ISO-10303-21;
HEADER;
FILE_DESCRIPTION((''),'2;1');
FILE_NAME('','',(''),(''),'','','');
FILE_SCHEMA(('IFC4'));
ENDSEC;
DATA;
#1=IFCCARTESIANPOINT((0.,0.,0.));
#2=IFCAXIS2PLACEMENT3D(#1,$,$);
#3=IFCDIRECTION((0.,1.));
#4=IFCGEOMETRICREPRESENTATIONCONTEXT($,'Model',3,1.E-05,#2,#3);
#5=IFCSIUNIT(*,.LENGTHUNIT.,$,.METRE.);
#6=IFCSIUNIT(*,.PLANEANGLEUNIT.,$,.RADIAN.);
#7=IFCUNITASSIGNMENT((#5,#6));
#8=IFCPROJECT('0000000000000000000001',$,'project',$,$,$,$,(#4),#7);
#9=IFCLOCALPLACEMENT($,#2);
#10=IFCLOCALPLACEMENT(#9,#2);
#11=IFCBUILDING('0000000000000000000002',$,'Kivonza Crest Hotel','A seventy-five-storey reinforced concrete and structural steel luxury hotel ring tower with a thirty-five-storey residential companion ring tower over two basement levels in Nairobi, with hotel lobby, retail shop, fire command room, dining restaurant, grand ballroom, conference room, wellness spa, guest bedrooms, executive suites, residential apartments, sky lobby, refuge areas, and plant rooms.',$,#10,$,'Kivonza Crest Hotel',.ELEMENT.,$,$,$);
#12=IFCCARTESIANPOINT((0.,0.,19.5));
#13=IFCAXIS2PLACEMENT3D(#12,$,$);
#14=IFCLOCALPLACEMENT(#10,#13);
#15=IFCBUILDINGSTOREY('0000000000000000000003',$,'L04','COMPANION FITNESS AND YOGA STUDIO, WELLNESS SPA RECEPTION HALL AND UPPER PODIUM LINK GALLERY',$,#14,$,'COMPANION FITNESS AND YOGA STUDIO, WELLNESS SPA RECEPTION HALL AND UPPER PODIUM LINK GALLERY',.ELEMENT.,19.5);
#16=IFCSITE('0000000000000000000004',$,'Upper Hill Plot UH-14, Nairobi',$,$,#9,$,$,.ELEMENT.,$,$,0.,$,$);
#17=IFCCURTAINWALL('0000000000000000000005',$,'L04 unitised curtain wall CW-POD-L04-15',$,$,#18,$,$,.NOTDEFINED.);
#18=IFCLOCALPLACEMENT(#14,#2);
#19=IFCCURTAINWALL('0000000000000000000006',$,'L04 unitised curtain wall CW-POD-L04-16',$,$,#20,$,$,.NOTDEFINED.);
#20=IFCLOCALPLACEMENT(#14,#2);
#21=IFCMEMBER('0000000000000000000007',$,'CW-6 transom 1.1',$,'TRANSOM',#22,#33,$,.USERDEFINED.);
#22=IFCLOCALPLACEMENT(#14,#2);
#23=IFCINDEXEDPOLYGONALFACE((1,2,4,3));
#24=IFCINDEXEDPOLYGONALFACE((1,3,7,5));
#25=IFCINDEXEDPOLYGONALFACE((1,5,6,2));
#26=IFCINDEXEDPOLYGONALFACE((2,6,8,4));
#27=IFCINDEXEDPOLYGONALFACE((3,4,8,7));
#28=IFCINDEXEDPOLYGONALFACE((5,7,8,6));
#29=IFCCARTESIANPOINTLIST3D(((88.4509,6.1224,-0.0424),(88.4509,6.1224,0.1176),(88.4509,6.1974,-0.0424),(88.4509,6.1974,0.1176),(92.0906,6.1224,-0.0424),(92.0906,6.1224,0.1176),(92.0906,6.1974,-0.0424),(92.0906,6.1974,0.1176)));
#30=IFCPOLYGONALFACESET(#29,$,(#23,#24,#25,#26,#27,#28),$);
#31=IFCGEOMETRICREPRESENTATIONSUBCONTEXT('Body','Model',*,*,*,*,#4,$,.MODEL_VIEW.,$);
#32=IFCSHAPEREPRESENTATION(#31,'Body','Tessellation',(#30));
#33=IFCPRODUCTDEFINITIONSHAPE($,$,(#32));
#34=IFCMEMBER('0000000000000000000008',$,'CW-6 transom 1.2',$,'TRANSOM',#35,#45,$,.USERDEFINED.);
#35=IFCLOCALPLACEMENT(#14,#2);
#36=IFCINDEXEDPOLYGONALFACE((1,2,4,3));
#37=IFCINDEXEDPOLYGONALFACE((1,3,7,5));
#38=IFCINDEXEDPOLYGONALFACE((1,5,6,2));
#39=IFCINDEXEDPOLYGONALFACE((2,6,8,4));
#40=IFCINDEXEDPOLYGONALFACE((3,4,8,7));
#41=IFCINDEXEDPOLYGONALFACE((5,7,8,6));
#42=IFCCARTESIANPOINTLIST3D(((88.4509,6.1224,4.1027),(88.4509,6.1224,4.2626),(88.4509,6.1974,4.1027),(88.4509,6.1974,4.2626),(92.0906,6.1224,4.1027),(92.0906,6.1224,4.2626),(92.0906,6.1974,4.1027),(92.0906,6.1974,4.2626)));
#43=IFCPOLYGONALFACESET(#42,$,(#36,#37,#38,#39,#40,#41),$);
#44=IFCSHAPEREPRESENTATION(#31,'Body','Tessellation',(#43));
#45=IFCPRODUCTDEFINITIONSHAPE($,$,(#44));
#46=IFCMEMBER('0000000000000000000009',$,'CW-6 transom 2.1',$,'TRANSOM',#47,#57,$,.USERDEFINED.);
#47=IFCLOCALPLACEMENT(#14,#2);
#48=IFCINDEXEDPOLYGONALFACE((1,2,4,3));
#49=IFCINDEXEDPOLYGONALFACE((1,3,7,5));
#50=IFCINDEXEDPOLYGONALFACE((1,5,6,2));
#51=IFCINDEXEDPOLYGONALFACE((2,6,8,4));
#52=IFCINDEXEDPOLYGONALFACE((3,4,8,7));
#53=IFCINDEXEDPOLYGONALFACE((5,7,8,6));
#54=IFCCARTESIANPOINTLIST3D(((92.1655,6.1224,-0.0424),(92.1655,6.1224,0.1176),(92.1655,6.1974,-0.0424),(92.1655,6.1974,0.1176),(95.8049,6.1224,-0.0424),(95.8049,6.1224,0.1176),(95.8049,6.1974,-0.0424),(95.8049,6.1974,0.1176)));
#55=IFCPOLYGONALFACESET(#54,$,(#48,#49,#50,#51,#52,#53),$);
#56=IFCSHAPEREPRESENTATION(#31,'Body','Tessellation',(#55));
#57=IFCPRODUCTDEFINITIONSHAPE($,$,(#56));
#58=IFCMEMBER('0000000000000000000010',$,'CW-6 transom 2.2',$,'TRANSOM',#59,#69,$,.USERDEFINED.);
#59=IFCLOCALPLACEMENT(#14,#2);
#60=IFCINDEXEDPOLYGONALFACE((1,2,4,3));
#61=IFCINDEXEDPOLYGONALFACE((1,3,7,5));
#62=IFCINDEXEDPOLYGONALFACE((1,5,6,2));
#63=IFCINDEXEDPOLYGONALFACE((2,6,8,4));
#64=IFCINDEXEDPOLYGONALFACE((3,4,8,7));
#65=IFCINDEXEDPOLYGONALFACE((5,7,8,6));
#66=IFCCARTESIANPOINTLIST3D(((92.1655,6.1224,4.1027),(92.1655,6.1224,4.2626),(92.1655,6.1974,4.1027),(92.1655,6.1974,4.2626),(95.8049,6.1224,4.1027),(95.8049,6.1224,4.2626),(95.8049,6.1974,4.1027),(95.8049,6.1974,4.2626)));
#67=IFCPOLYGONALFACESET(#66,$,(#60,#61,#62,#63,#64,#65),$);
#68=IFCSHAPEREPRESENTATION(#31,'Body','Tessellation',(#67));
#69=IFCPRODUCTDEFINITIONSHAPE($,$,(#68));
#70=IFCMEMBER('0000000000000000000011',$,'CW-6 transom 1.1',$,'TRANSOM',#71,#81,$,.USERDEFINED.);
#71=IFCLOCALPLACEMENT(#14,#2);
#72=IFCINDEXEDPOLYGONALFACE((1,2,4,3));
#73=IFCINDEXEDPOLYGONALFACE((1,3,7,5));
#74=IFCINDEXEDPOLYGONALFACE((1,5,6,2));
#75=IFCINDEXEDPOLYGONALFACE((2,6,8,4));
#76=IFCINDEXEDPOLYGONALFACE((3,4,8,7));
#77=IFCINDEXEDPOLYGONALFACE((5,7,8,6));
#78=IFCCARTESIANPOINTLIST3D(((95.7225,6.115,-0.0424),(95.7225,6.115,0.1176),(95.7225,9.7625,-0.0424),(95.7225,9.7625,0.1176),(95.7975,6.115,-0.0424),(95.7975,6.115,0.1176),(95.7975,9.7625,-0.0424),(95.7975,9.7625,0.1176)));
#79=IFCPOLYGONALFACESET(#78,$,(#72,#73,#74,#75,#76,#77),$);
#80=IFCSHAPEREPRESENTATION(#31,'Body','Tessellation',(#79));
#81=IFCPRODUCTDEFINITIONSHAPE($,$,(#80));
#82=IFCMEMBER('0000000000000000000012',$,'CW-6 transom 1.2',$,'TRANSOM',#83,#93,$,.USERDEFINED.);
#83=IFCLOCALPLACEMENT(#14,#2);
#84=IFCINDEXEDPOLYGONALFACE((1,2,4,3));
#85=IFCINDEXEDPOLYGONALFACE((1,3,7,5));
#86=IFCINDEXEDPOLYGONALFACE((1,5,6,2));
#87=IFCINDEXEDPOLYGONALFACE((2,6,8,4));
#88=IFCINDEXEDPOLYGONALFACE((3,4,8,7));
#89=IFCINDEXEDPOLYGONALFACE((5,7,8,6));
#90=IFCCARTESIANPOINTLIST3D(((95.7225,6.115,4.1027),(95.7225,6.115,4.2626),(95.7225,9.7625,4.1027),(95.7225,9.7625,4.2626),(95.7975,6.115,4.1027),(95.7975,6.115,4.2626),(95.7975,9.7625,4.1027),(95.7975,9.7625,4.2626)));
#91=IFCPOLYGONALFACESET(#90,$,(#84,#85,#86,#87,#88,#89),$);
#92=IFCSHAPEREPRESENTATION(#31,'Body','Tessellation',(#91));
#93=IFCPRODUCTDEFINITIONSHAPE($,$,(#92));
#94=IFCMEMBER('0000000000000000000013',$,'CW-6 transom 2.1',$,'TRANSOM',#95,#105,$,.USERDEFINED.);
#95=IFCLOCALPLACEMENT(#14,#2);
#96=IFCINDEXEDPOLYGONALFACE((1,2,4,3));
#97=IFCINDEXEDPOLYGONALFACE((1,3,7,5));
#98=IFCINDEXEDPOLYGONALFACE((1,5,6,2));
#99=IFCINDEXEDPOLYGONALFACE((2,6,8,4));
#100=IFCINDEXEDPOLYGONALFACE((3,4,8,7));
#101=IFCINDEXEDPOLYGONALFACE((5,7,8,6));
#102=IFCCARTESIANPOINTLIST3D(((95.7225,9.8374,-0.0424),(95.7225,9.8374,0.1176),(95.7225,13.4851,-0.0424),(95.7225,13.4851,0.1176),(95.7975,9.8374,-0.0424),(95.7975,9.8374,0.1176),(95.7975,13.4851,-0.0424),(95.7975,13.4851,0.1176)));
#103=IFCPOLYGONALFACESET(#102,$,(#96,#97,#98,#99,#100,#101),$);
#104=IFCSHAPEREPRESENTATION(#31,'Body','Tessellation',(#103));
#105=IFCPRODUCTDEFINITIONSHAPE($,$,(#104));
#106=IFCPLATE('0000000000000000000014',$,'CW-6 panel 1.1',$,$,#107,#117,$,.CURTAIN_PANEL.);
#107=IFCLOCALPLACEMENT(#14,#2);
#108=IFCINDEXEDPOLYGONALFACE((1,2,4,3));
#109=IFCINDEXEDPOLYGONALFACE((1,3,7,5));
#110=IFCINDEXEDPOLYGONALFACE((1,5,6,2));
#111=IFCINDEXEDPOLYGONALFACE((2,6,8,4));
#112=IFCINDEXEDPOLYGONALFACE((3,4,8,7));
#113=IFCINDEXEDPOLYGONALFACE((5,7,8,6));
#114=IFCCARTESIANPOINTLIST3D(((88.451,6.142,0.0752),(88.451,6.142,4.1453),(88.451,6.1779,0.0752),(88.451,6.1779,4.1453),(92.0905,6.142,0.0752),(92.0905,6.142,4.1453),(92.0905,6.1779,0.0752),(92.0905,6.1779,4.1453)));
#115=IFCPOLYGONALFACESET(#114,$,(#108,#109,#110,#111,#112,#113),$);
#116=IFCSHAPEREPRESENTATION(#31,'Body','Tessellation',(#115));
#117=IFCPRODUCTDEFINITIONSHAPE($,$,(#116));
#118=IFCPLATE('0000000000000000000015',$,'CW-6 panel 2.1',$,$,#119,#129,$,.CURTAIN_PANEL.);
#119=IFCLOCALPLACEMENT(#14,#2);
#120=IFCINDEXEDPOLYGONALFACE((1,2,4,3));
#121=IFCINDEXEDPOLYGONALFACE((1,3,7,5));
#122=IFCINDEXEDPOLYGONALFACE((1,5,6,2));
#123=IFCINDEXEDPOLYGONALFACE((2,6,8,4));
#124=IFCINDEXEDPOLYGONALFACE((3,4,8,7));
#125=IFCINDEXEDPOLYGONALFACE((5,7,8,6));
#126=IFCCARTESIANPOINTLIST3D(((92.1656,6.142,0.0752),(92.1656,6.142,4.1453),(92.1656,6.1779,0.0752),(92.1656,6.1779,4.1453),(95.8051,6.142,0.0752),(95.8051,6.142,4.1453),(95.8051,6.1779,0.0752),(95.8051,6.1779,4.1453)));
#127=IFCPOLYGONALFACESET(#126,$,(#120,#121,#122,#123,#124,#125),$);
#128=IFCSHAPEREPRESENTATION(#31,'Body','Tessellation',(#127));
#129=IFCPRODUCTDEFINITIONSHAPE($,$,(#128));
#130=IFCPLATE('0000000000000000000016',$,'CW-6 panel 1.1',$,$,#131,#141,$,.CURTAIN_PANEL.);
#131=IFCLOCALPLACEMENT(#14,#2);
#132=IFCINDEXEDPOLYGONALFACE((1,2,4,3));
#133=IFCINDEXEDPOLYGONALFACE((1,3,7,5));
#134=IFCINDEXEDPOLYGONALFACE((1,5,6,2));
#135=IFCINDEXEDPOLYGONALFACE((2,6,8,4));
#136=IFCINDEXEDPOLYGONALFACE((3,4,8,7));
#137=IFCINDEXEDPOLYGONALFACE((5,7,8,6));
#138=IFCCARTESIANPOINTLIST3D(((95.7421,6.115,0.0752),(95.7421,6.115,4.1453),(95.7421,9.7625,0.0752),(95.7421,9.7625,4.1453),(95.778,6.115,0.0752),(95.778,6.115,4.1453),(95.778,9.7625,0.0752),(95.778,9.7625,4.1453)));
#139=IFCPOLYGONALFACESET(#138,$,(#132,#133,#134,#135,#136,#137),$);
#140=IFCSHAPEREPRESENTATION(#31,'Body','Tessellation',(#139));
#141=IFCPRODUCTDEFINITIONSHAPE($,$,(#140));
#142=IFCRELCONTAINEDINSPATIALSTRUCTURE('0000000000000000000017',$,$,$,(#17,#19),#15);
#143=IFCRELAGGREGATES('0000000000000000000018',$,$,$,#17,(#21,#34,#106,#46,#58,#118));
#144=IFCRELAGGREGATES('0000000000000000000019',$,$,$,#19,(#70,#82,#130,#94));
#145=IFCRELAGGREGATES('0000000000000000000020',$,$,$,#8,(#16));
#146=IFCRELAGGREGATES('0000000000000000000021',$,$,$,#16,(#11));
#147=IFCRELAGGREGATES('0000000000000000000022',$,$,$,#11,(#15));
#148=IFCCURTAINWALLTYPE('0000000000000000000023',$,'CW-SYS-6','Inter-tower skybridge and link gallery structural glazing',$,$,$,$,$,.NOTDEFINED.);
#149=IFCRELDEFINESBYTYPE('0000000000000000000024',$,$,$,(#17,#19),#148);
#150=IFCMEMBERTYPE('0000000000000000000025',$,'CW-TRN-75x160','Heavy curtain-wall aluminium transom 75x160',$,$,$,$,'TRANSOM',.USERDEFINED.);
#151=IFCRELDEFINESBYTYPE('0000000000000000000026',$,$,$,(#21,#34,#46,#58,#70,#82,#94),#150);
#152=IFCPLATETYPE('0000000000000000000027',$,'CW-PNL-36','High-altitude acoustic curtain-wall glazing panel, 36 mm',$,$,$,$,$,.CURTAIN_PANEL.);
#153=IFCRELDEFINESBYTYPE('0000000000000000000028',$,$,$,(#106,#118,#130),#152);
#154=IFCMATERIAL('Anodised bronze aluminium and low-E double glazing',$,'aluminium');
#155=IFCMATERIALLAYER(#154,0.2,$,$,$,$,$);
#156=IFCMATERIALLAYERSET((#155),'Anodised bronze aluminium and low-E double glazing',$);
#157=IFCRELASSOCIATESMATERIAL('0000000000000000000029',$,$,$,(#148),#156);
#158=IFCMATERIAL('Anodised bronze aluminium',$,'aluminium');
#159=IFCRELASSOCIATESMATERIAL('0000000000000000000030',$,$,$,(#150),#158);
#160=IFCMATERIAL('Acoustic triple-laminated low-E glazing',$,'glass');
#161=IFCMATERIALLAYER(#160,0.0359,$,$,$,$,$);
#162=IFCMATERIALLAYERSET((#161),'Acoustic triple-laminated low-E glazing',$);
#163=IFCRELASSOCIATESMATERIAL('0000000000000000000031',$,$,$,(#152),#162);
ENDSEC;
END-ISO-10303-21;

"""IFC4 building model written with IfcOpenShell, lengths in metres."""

from ifc_helpers import new_model, si_unit, direction, frame, origin, origin_2d, place, context, subcontext, project, spatial, rectangle, extrude, material, layer, layer_set, material_profile, profile_set, type_object, element, aggregate, save


model = new_model("IFC4")

# Units and contexts
model_context = context("Model", 3, precision=1e-05, world=origin(), true_north=direction((0.0, 1.0)))
body_context = subcontext(model_context, "Body", "Model", "MODEL_VIEW")
ifc_project = project(units=[si_unit("LENGTHUNIT", "METRE"), si_unit("PLANEANGLEUNIT", "RADIAN")], contexts=[model_context])

# Site, building, storey
site_placement = place(None, origin())
site = spatial("IfcSite", under=ifc_project, at=site_placement, Name="Upper Hill Plot UH-14, Nairobi", CompositionType="ELEMENT", RefElevation=0.0)
building_placement = place(site_placement, origin())
building = spatial("IfcBuilding", under=site, at=building_placement, Name="Kivonza Crest Hotel", Description="A seventy-five-storey reinforced concrete and structural steel luxury hotel ring tower with a thirty-five-storey residential companion ring tower over two basement levels in Nairobi, with hotel lobby, retail shop, fire command room, dining restaurant, grand ballroom, conference room, wellness spa, guest bedrooms, executive suites, residential apartments, sky lobby, refuge areas, and plant rooms.", LongName="Kivonza Crest Hotel", CompositionType="ELEMENT")
storey_placement = place(building_placement, frame((0.0, 0.0, 19.5)))
storey = spatial("IfcBuildingStorey", under=building, at=storey_placement, Name="L04", Description="COMPANION FITNESS AND YOGA STUDIO, WELLNESS SPA RECEPTION HALL AND UPPER PODIUM LINK GALLERY", LongName="COMPANION FITNESS AND YOGA STUDIO, WELLNESS SPA RECEPTION HALL AND UPPER PODIUM LINK GALLERY", CompositionType="ELEMENT", Elevation=19.5)

# Shared definitions
ifc_material_1 = material(Name="Anodised bronze aluminium and low-E double glazing", Category="aluminium")
ifc_layer_1 = layer(ifc_material_1, 0.2)
ifc_layer_set_1 = layer_set([ifc_layer_1], Name="Anodised bronze aluminium and low-E double glazing")
curtain_wall_type = type_object("IfcCurtainWallType", Name="CW-SYS-6", Description="Inter-tower skybridge and link gallery structural glazing", PredefinedType="NOTDEFINED", material=ifc_layer_set_1)
ifc_material_2 = material(Name="Anodised bronze aluminium", Category="aluminium")

# Curtain walls
curtain_wall_1_placement = place(storey_placement, origin())
curtain_wall_1 = element("IfcCurtainWall", 1, at=curtain_wall_1_placement, inside=storey, type_object=curtain_wall_type, Name="L04 unitised curtain wall CW-POD-L04-15", PredefinedType="NOTDEFINED")
curtain_wall_2_placement = place(storey_placement, origin())
curtain_wall_2 = element("IfcCurtainWall", 2, at=curtain_wall_2_placement, inside=storey, type_object=curtain_wall_type, Name="L04 unitised curtain wall CW-POD-L04-16", PredefinedType="NOTDEFINED")

# Members
ifc_material_profile_1 = material_profile(ifc_material_2, rectangle(XDim=0.075, YDim=0.1599, at=origin_2d()), Name="CW-T 75x160")
ifc_profile_set_1 = profile_set([ifc_material_profile_1], Name="Anodised bronze aluminium")
member_type_1 = type_object("IfcMemberType", Name="CW-TRN-75x160", Description="Heavy curtain-wall aluminium transom 75x160", ElementType="TRANSOM", PredefinedType="USERDEFINED", material=ifc_profile_set_1)
member_1_placement = place(storey_placement, frame((88.4509, 6.1599, 0.0376), z_axis=(1.0, 0.0, 0.0), x_axis=(0.0, 1.0, 0.0)))
member_1 = element("IfcMember", 3, at=member_1_placement, type_object=member_type_1, Name="CW-6 transom 1.1", ObjectType="TRANSOM", PredefinedType="USERDEFINED", context=body_context, shape_type="SweptSolid", body=[
    extrude(rectangle(XDim=0.075, YDim=0.1599, at=origin_2d()), origin(), (0.0, 0.0, 1.0), 3.6396),
])
member_2_placement = place(storey_placement, frame((88.4509, 6.1599, 4.1826), z_axis=(1.0, 0.0, 0.0), x_axis=(0.0, 1.0, 0.0)))
member_2 = element("IfcMember", 4, at=member_2_placement, type_object=member_type_1, Name="CW-6 transom 1.2", ObjectType="TRANSOM", PredefinedType="USERDEFINED", context=body_context, shape_type="SweptSolid", body=[
    extrude(rectangle(XDim=0.075, YDim=0.1599, at=origin_2d()), origin(), (0.0, 0.0, 1.0), 3.6396),
])
member_3_placement = place(storey_placement, frame((92.1655, 6.1599, 0.0376), z_axis=(1.0, 0.0, 0.0), x_axis=(0.0, 1.0, 0.0)))
member_3 = element("IfcMember", 5, at=member_3_placement, type_object=member_type_1, Name="CW-6 transom 2.1", ObjectType="TRANSOM", PredefinedType="USERDEFINED", context=body_context, shape_type="SweptSolid", body=[
    extrude(rectangle(XDim=0.075, YDim=0.1599, at=origin_2d()), origin(), (0.0, 0.0, 1.0), 3.6394),
])
member_4_placement = place(storey_placement, frame((92.1655, 6.1599, 4.1826), z_axis=(1.0, 0.0, 0.0), x_axis=(0.0, 1.0, 0.0)))
member_4 = element("IfcMember", 6, at=member_4_placement, type_object=member_type_1, Name="CW-6 transom 2.2", ObjectType="TRANSOM", PredefinedType="USERDEFINED", context=body_context, shape_type="SweptSolid", body=[
    extrude(rectangle(XDim=0.075, YDim=0.1599, at=origin_2d()), origin(), (0.0, 0.0, 1.0), 3.6394),
])
member_5_placement = place(storey_placement, frame((95.76, 6.115, 0.0376), z_axis=(0.0, 1.0, 0.0), x_axis=(-1.0, 0.0, 0.0)))
member_5 = element("IfcMember", 7, at=member_5_placement, type_object=member_type_1, Name="CW-6 transom 1.1", ObjectType="TRANSOM", PredefinedType="USERDEFINED", context=body_context, shape_type="SweptSolid", body=[
    extrude(rectangle(XDim=0.075, YDim=0.1599, at=origin_2d()), origin(), (0.0, 0.0, 1.0), 3.6475),
])
member_6_placement = place(storey_placement, frame((95.76, 6.115, 4.1826), z_axis=(0.0, 1.0, 0.0), x_axis=(-1.0, 0.0, 0.0)))
member_6 = element("IfcMember", 8, at=member_6_placement, type_object=member_type_1, Name="CW-6 transom 1.2", ObjectType="TRANSOM", PredefinedType="USERDEFINED", context=body_context, shape_type="SweptSolid", body=[
    extrude(rectangle(XDim=0.075, YDim=0.1599, at=origin_2d()), origin(), (0.0, 0.0, 1.0), 3.6475),
])
member_7_placement = place(storey_placement, frame((95.76, 9.8374, 0.0376), z_axis=(0.0, 1.0, 0.0), x_axis=(-1.0, 0.0, 0.0)))
member_7 = element("IfcMember", 9, at=member_7_placement, type_object=member_type_1, Name="CW-6 transom 2.1", ObjectType="TRANSOM", PredefinedType="USERDEFINED", context=body_context, shape_type="SweptSolid", body=[
    extrude(rectangle(XDim=0.075, YDim=0.1599, at=origin_2d()), origin(), (0.0, 0.0, 1.0), 3.6477),
])

# Plates
ifc_material_3 = material(Name="Acoustic triple-laminated low-E glazing", Category="glass")
ifc_layer_2 = layer(ifc_material_3, 0.0359)
ifc_layer_set_2 = layer_set([ifc_layer_2], Name="Acoustic triple-laminated low-E glazing")
plate_type = type_object("IfcPlateType", Name="CW-PNL-36", Description="High-altitude acoustic curtain-wall glazing panel, 36 mm", PredefinedType="CURTAIN_PANEL", material=ifc_layer_set_2)
plate_1_placement = place(storey_placement, frame((90.2708, 6.1599, 0.0752), z_axis=(0.0, 0.0, 1.0), x_axis=(1.0, 0.0, 0.0)))
plate_1 = element("IfcPlate", 10, at=plate_1_placement, type_object=plate_type, Name="CW-6 panel 1.1", PredefinedType="CURTAIN_PANEL", context=body_context, shape_type="SweptSolid", body=[
    extrude(rectangle(XDim=3.6394, YDim=0.0359, at=origin_2d()), origin(), (0.0, 0.0, 1.0), 4.0701),
])
plate_2_placement = place(storey_placement, frame((93.9854, 6.1599, 0.0752), z_axis=(0.0, 0.0, 1.0), x_axis=(1.0, 0.0, 0.0)))
plate_2 = element("IfcPlate", 11, at=plate_2_placement, type_object=plate_type, Name="CW-6 panel 2.1", PredefinedType="CURTAIN_PANEL", context=body_context, shape_type="SweptSolid", body=[
    extrude(rectangle(XDim=3.6394, YDim=0.0359, at=origin_2d()), origin(), (0.0, 0.0, 1.0), 4.0701),
])
aggregate(curtain_wall_1, [member_1, member_2, plate_1, member_3, member_4, plate_2])
plate_3_placement = place(storey_placement, frame((95.76, 7.9387, 0.0752), z_axis=(0.0, 0.0, 1.0), x_axis=(0.0, 1.0, 0.0)))
plate_3 = element("IfcPlate", 12, at=plate_3_placement, type_object=plate_type, Name="CW-6 panel 1.1", PredefinedType="CURTAIN_PANEL", context=body_context, shape_type="SweptSolid", body=[
    extrude(rectangle(XDim=3.6475, YDim=0.0359, at=origin_2d()), origin(), (0.0, 0.0, 1.0), 4.0701),
])
aggregate(curtain_wall_2, [member_5, member_6, plate_3, member_7])

save(model, "model.ifc")
